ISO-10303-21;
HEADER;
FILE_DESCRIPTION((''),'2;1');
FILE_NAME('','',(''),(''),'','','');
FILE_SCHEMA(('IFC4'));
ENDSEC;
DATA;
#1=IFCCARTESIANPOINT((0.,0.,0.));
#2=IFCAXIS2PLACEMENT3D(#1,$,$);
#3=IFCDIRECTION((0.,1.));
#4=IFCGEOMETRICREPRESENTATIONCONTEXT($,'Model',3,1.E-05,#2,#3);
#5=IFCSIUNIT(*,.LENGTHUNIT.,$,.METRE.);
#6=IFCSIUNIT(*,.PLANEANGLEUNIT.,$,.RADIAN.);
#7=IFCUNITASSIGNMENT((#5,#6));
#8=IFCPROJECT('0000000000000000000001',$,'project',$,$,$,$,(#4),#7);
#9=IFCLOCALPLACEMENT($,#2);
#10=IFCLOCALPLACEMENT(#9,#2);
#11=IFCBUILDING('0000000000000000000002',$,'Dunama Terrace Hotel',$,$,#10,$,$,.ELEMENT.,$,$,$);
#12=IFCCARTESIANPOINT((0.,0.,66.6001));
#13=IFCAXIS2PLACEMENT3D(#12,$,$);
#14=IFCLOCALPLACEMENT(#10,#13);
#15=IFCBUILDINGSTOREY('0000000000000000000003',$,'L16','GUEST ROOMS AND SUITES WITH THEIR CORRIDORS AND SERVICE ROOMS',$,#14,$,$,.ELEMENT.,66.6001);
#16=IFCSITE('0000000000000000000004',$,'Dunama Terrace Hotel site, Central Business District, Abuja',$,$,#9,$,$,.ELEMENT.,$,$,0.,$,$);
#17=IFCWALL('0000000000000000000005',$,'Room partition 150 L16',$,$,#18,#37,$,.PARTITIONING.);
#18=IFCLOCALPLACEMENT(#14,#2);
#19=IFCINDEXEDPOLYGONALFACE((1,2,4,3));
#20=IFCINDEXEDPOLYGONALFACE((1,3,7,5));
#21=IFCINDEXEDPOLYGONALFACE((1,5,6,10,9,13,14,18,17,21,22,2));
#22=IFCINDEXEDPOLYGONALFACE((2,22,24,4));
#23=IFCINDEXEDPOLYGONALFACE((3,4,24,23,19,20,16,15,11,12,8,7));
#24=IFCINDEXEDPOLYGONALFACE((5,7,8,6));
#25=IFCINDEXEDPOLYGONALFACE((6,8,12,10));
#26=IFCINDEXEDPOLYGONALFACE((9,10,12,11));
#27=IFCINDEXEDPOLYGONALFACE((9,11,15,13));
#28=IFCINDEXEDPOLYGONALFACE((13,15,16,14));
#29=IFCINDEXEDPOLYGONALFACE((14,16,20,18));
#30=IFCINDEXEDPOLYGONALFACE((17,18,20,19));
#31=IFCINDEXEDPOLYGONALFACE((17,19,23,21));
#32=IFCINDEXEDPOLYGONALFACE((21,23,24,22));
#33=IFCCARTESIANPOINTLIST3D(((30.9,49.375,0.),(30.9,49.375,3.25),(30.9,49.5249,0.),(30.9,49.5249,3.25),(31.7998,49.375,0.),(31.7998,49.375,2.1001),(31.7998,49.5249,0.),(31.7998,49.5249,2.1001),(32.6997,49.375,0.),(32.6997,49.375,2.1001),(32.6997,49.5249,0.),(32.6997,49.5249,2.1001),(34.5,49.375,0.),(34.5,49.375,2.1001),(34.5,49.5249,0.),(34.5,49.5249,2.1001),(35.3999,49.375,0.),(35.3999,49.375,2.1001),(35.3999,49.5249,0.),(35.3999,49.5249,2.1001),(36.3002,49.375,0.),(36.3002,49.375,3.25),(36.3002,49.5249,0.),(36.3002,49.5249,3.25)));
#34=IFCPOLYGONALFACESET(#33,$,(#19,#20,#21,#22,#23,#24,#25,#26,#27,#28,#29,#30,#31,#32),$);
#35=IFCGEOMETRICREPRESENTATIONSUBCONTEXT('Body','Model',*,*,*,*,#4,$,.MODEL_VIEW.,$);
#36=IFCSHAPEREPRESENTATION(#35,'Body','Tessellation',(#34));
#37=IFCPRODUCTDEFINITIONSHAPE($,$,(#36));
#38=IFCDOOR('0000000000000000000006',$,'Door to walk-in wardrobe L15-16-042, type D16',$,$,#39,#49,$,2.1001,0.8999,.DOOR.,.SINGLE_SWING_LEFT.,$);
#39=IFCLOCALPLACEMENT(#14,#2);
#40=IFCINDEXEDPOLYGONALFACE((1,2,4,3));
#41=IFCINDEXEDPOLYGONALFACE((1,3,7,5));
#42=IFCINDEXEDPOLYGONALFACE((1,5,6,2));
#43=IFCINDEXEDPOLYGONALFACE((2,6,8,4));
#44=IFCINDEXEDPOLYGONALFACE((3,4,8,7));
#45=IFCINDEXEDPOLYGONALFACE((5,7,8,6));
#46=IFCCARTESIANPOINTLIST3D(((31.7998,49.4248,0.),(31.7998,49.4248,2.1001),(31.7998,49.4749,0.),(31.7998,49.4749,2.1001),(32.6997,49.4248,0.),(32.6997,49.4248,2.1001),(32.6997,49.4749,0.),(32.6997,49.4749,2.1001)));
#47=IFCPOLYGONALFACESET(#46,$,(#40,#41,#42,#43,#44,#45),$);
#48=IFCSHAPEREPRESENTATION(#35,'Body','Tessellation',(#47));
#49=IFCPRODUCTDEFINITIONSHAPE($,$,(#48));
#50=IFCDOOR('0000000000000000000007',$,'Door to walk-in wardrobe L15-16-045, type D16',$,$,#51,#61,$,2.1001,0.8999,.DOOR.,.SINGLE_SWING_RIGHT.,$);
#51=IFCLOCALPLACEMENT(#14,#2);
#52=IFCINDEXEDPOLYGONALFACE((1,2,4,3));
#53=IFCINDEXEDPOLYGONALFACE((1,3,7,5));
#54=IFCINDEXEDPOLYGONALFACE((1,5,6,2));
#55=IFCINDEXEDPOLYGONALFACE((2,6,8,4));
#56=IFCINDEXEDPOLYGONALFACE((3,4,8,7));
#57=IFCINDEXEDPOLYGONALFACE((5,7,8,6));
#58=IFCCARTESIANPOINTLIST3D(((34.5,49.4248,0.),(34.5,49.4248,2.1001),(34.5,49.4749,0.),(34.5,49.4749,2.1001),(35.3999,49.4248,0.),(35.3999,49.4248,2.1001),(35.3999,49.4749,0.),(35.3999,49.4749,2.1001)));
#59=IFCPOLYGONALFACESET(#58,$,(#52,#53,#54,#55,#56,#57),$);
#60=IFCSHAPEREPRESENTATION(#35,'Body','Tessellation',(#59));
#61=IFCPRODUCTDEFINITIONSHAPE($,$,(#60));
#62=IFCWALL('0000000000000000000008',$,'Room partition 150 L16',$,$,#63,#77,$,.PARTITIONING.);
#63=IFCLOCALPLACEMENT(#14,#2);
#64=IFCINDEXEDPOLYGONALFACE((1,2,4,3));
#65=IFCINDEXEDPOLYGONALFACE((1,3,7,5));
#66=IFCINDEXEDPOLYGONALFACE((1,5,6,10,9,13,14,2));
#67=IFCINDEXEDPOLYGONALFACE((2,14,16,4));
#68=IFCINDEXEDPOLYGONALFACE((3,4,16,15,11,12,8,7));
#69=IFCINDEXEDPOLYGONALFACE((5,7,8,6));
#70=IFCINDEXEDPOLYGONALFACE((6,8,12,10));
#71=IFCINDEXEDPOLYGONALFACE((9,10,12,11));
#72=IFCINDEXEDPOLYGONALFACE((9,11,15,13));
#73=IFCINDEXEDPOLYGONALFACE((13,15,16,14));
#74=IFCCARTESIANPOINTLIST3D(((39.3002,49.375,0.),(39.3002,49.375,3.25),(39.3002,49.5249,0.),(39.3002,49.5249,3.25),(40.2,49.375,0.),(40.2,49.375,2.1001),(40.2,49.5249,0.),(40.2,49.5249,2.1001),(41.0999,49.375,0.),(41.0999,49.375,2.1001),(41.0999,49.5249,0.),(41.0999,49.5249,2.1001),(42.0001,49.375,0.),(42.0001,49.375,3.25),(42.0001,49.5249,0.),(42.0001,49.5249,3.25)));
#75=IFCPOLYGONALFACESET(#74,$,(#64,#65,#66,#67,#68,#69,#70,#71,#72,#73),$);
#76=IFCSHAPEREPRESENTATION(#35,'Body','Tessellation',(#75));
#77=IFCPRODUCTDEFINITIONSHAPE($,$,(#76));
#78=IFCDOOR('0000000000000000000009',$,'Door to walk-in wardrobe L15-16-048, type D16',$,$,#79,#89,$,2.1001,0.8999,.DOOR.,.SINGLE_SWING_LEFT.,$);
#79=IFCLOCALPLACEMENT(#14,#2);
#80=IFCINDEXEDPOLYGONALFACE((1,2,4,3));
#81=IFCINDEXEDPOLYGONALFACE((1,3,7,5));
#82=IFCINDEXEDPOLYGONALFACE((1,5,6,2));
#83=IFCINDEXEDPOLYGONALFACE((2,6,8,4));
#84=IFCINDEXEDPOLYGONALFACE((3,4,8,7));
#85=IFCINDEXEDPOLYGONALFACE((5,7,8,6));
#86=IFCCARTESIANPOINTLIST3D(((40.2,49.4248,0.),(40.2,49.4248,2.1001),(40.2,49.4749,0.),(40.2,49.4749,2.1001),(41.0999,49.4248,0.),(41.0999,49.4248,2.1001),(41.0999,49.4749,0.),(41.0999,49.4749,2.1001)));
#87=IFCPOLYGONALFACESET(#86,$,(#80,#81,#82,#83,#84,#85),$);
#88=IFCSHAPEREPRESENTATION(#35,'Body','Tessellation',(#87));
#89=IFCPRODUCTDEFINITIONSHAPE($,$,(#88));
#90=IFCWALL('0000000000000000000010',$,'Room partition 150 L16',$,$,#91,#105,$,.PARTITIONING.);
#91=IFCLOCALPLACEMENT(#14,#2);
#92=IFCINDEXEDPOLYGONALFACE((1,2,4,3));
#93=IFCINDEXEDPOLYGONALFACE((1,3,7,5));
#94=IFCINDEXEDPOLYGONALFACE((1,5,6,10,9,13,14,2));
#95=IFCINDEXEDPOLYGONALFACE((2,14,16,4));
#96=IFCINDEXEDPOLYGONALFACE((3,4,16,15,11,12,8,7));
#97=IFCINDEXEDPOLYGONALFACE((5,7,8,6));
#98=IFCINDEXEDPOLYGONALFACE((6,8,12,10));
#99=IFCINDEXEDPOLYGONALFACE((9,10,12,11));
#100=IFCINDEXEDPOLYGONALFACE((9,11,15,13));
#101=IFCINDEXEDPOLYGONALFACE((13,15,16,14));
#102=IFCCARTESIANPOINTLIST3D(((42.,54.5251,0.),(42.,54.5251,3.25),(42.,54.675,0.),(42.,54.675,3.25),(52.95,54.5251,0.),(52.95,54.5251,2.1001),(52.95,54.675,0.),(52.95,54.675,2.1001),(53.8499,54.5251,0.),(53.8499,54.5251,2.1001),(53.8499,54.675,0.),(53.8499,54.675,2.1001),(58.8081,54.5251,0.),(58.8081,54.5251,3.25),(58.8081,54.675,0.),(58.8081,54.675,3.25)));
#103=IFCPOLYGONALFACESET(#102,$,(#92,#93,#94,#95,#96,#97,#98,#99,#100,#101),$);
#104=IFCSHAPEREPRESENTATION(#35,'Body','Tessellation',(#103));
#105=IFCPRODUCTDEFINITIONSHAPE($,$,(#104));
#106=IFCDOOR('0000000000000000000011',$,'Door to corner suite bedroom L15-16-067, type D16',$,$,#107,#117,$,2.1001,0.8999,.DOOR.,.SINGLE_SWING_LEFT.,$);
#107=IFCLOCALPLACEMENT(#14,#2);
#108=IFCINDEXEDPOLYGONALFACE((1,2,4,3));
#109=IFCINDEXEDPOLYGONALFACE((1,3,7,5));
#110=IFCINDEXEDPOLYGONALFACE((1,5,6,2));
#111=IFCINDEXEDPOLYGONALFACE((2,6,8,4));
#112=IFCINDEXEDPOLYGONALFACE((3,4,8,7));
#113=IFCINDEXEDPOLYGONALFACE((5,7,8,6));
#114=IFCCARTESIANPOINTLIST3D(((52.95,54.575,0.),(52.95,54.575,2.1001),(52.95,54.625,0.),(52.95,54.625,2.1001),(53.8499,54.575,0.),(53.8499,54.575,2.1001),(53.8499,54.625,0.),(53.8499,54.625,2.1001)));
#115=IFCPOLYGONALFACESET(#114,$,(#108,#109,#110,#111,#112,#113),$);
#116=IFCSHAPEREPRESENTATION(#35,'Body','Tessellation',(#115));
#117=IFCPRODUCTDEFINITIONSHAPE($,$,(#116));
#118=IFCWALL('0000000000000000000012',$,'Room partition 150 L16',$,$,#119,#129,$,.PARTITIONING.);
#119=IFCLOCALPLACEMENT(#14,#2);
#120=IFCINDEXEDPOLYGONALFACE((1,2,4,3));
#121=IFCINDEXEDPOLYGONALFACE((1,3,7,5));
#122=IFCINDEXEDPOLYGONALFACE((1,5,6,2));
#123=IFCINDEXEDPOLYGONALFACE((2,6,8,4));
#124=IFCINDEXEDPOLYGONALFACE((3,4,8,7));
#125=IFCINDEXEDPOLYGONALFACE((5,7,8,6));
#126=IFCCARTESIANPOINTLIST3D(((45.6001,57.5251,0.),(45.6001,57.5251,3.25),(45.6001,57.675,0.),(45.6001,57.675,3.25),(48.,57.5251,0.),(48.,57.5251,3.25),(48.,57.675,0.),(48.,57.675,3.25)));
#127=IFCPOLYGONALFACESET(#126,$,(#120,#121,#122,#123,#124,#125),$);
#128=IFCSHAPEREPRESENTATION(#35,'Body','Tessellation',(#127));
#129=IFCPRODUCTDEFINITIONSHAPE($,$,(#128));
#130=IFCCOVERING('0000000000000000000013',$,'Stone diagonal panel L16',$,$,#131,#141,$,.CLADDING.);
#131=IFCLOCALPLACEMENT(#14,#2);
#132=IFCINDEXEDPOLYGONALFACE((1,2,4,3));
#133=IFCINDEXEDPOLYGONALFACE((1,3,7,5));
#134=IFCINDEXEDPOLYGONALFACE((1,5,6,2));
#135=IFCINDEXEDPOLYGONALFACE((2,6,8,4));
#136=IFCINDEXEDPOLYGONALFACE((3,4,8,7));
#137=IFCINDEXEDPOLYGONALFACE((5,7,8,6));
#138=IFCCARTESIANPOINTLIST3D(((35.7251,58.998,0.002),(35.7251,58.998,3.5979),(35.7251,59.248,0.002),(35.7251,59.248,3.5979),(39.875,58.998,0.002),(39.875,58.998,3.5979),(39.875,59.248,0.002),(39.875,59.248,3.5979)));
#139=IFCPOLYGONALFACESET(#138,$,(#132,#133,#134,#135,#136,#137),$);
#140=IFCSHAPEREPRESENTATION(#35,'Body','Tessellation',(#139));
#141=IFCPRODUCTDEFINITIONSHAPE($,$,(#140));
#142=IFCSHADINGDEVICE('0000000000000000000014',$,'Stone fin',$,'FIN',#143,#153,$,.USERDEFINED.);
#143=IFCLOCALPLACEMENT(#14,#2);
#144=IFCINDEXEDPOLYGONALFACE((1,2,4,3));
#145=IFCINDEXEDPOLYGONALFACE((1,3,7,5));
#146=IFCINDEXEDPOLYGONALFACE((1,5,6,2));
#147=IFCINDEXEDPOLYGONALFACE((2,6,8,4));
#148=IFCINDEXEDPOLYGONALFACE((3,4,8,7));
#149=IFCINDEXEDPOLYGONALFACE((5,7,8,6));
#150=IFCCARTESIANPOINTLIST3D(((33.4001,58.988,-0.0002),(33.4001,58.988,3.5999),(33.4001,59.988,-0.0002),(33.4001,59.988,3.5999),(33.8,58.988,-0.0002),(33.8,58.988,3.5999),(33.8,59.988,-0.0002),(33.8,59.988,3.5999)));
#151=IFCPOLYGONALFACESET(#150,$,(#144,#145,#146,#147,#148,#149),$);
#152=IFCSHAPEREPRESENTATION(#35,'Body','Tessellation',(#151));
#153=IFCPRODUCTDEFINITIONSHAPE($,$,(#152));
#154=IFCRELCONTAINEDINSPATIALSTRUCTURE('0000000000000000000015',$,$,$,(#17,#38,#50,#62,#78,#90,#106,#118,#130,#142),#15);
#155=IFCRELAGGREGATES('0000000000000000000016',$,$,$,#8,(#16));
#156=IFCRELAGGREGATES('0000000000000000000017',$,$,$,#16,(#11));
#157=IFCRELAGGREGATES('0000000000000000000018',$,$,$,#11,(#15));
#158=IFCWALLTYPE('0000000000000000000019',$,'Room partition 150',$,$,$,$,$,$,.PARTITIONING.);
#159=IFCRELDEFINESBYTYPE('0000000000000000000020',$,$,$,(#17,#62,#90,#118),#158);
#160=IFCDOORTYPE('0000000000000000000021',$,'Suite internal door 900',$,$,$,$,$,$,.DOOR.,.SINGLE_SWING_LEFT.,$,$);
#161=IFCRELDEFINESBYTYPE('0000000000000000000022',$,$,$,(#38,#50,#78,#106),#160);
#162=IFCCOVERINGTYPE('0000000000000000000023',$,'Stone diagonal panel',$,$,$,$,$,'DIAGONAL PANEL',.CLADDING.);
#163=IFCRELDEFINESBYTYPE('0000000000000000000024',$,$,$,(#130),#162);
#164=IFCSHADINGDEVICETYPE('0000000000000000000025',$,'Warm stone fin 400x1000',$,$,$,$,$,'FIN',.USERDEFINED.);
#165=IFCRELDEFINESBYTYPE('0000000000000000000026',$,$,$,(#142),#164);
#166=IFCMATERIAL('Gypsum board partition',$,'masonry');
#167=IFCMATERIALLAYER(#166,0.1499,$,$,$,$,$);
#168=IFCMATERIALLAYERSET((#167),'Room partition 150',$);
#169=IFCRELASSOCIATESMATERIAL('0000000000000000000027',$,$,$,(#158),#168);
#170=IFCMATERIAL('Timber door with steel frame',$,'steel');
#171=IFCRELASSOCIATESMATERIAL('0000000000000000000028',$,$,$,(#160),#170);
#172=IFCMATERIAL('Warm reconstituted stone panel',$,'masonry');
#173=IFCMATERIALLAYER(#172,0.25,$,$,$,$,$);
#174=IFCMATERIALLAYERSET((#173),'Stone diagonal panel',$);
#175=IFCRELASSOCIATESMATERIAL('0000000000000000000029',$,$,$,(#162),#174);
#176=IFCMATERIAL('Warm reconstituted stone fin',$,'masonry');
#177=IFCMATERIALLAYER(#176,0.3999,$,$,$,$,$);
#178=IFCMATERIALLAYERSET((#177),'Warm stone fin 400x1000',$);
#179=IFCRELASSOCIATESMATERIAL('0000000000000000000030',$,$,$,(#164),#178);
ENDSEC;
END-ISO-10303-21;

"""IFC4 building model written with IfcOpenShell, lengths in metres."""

from ifc_helpers import new_model, si_unit, direction, frame, frame_2d, origin, origin_2d, place, context, subcontext, project, spatial, rectangle, extrude, material, layer, layer_set, type_object, element, fill, save


model = new_model("IFC4")

# Units and contexts
model_context = context("Model", 3, precision=1e-05, world=origin(), true_north=direction((0.0, 1.0)))
body_context = subcontext(model_context, "Body", "Model", "MODEL_VIEW")
ifc_project = project(units=[si_unit("LENGTHUNIT", "METRE"), si_unit("PLANEANGLEUNIT", "RADIAN")], contexts=[model_context])

# Site, building, storey
site_placement = place(None, origin())
site = spatial("IfcSite", under=ifc_project, at=site_placement, Name="Dunama Terrace Hotel site, Central Business District, Abuja", CompositionType="ELEMENT", RefElevation=0.0)
building_placement = place(site_placement, origin())
building = spatial("IfcBuilding", under=site, at=building_placement, Name="Dunama Terrace Hotel", CompositionType="ELEMENT")
storey_placement = place(building_placement, frame((0.0, 0.0, 66.6001)))
storey = spatial("IfcBuildingStorey", under=building, at=storey_placement, Name="L16", Description="GUEST ROOMS AND SUITES WITH THEIR CORRIDORS AND SERVICE ROOMS", CompositionType="ELEMENT", Elevation=66.6001)

# Shared definitions
ifc_material_1 = material(Name="Gypsum board partition", Category="masonry")
ifc_layer_1 = layer(ifc_material_1, 0.1499)
ifc_layer_set_1 = layer_set([ifc_layer_1], Name="Room partition 150")
wall_type_1 = type_object("IfcWallType", Name="Room partition 150", PredefinedType="PARTITIONING", material=ifc_layer_set_1)

# Wall, openings, doors
wall_1_placement = place(storey_placement, frame((30.8999, 49.45, 0.0), z_axis=(0.0, 0.0, 1.0), x_axis=(1.0, 0.0, 0.0)))
wall_1 = element("IfcWall", 1, at=wall_1_placement, inside=storey, type_object=wall_type_1, Name="Room partition 150 L16", PredefinedType="PARTITIONING", context=body_context, shape_type="SweptSolid", body=[
    extrude(rectangle(XDim=5.4001, YDim=0.1499, at=frame_2d((2.7002, 0.0))), origin(), (0.0, 0.0, 1.0), 3.25),
])
opening_1_placement = place(wall_1_placement, frame((0.8999, 0.0, 0.0)))
opening_1 = element("IfcOpeningElement", 2, at=opening_1_placement, cuts=wall_1, PredefinedType="OPENING", context=body_context, shape_type="SweptSolid", body=[
    extrude(rectangle(XDim=0.8999, YDim=2.1001, at=frame_2d((0.45, 1.05))), frame((0.0, 0.085, 0.0), z_axis=(0.0, -1.0, 0.0), x_axis=(1.0, 0.0, 0.0)), (0.0, 0.0, 1.0), 0.1699),
])
opening_2_placement = place(wall_1_placement, frame((3.6001, 0.0, 0.0)))
opening_2 = element("IfcOpeningElement", 3, at=opening_2_placement, cuts=wall_1, PredefinedType="OPENING", context=body_context, shape_type="SweptSolid", body=[
    extrude(rectangle(XDim=0.8999, YDim=2.1001, at=frame_2d((0.45, 1.05))), frame((0.0, 0.085, 0.0), z_axis=(0.0, -1.0, 0.0), x_axis=(1.0, 0.0, 0.0)), (0.0, 0.0, 1.0), 0.1699),
])
ifc_material_2 = material(Name="Timber door with steel frame", Category="steel")
door_type_1 = type_object("IfcDoorType", Name="Suite internal door 900", OperationType="SINGLE_SWING_LEFT", PredefinedType="DOOR", material=ifc_material_2)
door_1_placement = place(opening_1_placement, frame((0.8999, 0.0, 0.0), z_axis=(0.0, 0.0, 1.0), x_axis=(-1.0, 0.0, 0.0)))
door_1 = element("IfcDoor", 4, at=door_1_placement, inside=storey, type_object=door_type_1, Name="Door to walk-in wardrobe L15-16-042, type D16", OperationType="SINGLE_SWING_LEFT", OverallHeight=2.1001, OverallWidth=0.8999, PredefinedType="DOOR", context=body_context, shape_type="SweptSolid", body=[
    extrude(rectangle(XDim=0.8999, YDim=2.1001, at=frame_2d((0.45, 1.05))), frame((0.0, 0.0251, 0.0), z_axis=(0.0, -1.0, 0.0), x_axis=(1.0, 0.0, 0.0)), (0.0, 0.0, 1.0), 0.05),
])
fill(opening_1, door_1)
door_2_placement = place(opening_2_placement, frame((0.8999, 0.0, 0.0), z_axis=(0.0, 0.0, 1.0), x_axis=(-1.0, 0.0, 0.0)))
door_2 = element("IfcDoor", 5, at=door_2_placement, inside=storey, type_object=door_type_1, Name="Door to walk-in wardrobe L15-16-045, type D16", OperationType="SINGLE_SWING_RIGHT", OverallHeight=2.1001, OverallWidth=0.8999, PredefinedType="DOOR", context=body_context, shape_type="SweptSolid", body=[
    extrude(rectangle(XDim=0.8999, YDim=2.1001, at=frame_2d((0.45, 1.05))), frame((0.0, 0.0251, 0.0), z_axis=(0.0, -1.0, 0.0), x_axis=(1.0, 0.0, 0.0)), (0.0, 0.0, 1.0), 0.05),
])
fill(opening_2, door_2)

# Walls, openings, doors
wall_2_placement = place(storey_placement, frame((39.3, 49.45, 0.0), z_axis=(0.0, 0.0, 1.0), x_axis=(1.0, 0.0, 0.0)))
wall_2 = element("IfcWall", 6, at=wall_2_placement, inside=storey, type_object=wall_type_1, Name="Room partition 150 L16", PredefinedType="PARTITIONING", context=body_context, shape_type="SweptSolid", body=[
    extrude(rectangle(XDim=2.7, YDim=0.1499, at=frame_2d((1.3501, 0.0))), origin(), (0.0, 0.0, 1.0), 3.25),
])
opening_3_placement = place(wall_2_placement, frame((0.8999, 0.0, 0.0)))
opening_3 = element("IfcOpeningElement", 7, at=opening_3_placement, cuts=wall_2, PredefinedType="OPENING", context=body_context, shape_type="SweptSolid", body=[
    extrude(rectangle(XDim=0.8999, YDim=2.1001, at=frame_2d((0.45, 1.05))), frame((0.0, 0.085, 0.0), z_axis=(0.0, -1.0, 0.0), x_axis=(1.0, 0.0, 0.0)), (0.0, 0.0, 1.0), 0.1699),
])
door_3_placement = place(opening_3_placement, frame((0.8999, 0.0, 0.0), z_axis=(0.0, 0.0, 1.0), x_axis=(-1.0, 0.0, 0.0)))
door_3 = element("IfcDoor", 8, at=door_3_placement, inside=storey, type_object=door_type_1, Name="Door to walk-in wardrobe L15-16-048, type D16", OperationType="SINGLE_SWING_LEFT", OverallHeight=2.1001, OverallWidth=0.8999, PredefinedType="DOOR", context=body_context, shape_type="SweptSolid", body=[
    extrude(rectangle(XDim=0.8999, YDim=2.1001, at=frame_2d((0.45, 1.05))), frame((0.0, 0.0251, 0.0), z_axis=(0.0, -1.0, 0.0), x_axis=(1.0, 0.0, 0.0)), (0.0, 0.0, 1.0), 0.05),
])
fill(opening_3, door_3)
wall_3_placement = place(storey_placement, frame((42.0, 54.6001, 0.0), z_axis=(0.0, 0.0, 1.0), x_axis=(1.0, 0.0, 0.0)))
wall_3 = element("IfcWall", 9, at=wall_3_placement, inside=storey, type_object=wall_type_1, Name="Room partition 150 L16", PredefinedType="PARTITIONING", context=body_context, shape_type="SweptSolid", body=[
    extrude(rectangle(XDim=16.8081, YDim=0.1499, at=frame_2d((8.4041, 0.0))), origin(), (0.0, 0.0, 1.0), 3.25),
])
opening_4_placement = place(wall_3_placement, frame((10.95, 0.0, 0.0)))
opening_4 = element("IfcOpeningElement", 10, at=opening_4_placement, cuts=wall_3, PredefinedType="OPENING", context=body_context, shape_type="SweptSolid", body=[
    extrude(rectangle(XDim=0.8999, YDim=2.1001, at=frame_2d((0.45, 1.05))), frame((0.0, 0.085, 0.0), z_axis=(0.0, -1.0, 0.0), x_axis=(1.0, 0.0, 0.0)), (0.0, 0.0, 1.0), 0.1699),
])
door_4_placement = place(opening_4_placement, origin())
door_4 = element("IfcDoor", 11, at=door_4_placement, inside=storey, type_object=door_type_1, Name="Door to corner suite bedroom L15-16-067, type D16", OperationType="SINGLE_SWING_LEFT", OverallHeight=2.1001, OverallWidth=0.8999, PredefinedType="DOOR", context=body_context, shape_type="SweptSolid", body=[
    extrude(rectangle(XDim=0.8999, YDim=2.1001, at=frame_2d((0.45, 1.05))), frame((0.0, 0.0249, 0.0), z_axis=(0.0, -1.0, 0.0), x_axis=(1.0, 0.0, 0.0)), (0.0, 0.0, 1.0), 0.05),
])
fill(opening_4, door_4)

# Wall
wall_4_placement = place(storey_placement, frame((45.6001, 57.6001, 0.0), z_axis=(0.0, 0.0, 1.0), x_axis=(1.0, 0.0, 0.0)))
element("IfcWall", 12, at=wall_4_placement, inside=storey, type_object=wall_type_1, Name="Room partition 150 L16", PredefinedType="PARTITIONING", context=body_context, shape_type="SweptSolid", body=[
    extrude(rectangle(XDim=2.3999, YDim=0.1499, at=frame_2d((1.2, 0.0))), origin(), (0.0, 0.0, 1.0), 3.25),
])

# Covering
ifc_material_3 = material(Name="Warm reconstituted stone panel", Category="masonry")
ifc_layer_2 = layer(ifc_material_3, 0.25)
ifc_layer_set_2 = layer_set([ifc_layer_2], Name="Stone diagonal panel")
covering_type = type_object("IfcCoveringType", Name="Stone diagonal panel", ElementType="DIAGONAL PANEL", PredefinedType="CLADDING", material=ifc_layer_set_2)
covering_placement = place(storey_placement, frame((37.8, 59.123, 0.002), z_axis=(0.0, 0.0, 1.0), x_axis=(-1.0, 0.0, 0.0)))
element("IfcCovering", 13, at=covering_placement, inside=storey, type_object=covering_type, Name="Stone diagonal panel L16", PredefinedType="CLADDING", context=body_context, shape_type="SweptSolid", body=[
    extrude(rectangle(XDim=4.1499, YDim=0.25, at=origin_2d()), origin(), (0.0, 0.0, 1.0), 3.5959),
])

# Shading device
ifc_material_4 = material(Name="Warm reconstituted stone fin", Category="masonry")
ifc_layer_3 = layer(ifc_material_4, 0.3999)
ifc_layer_set_3 = layer_set([ifc_layer_3], Name="Warm stone fin 400x1000")
shading_device_type = type_object("IfcShadingDeviceType", Name="Warm stone fin 400x1000", ElementType="FIN", PredefinedType="USERDEFINED", material=ifc_layer_set_3)
shading_device_placement = place(storey_placement, frame((33.6001, 59.488, -0.0002), z_axis=(0.0, 0.0, 1.0), x_axis=(-1.0, 0.0, 0.0)))
element("IfcShadingDevice", 14, at=shading_device_placement, inside=storey, type_object=shading_device_type, Name="Stone fin", ObjectType="FIN", PredefinedType="USERDEFINED", context=body_context, shape_type="SweptSolid", body=[
    extrude(rectangle(XDim=0.3999, YDim=1.0, at=origin_2d()), origin(), (0.0, 0.0, 1.0), 3.6001),
])

save(model, "model.ifc")
